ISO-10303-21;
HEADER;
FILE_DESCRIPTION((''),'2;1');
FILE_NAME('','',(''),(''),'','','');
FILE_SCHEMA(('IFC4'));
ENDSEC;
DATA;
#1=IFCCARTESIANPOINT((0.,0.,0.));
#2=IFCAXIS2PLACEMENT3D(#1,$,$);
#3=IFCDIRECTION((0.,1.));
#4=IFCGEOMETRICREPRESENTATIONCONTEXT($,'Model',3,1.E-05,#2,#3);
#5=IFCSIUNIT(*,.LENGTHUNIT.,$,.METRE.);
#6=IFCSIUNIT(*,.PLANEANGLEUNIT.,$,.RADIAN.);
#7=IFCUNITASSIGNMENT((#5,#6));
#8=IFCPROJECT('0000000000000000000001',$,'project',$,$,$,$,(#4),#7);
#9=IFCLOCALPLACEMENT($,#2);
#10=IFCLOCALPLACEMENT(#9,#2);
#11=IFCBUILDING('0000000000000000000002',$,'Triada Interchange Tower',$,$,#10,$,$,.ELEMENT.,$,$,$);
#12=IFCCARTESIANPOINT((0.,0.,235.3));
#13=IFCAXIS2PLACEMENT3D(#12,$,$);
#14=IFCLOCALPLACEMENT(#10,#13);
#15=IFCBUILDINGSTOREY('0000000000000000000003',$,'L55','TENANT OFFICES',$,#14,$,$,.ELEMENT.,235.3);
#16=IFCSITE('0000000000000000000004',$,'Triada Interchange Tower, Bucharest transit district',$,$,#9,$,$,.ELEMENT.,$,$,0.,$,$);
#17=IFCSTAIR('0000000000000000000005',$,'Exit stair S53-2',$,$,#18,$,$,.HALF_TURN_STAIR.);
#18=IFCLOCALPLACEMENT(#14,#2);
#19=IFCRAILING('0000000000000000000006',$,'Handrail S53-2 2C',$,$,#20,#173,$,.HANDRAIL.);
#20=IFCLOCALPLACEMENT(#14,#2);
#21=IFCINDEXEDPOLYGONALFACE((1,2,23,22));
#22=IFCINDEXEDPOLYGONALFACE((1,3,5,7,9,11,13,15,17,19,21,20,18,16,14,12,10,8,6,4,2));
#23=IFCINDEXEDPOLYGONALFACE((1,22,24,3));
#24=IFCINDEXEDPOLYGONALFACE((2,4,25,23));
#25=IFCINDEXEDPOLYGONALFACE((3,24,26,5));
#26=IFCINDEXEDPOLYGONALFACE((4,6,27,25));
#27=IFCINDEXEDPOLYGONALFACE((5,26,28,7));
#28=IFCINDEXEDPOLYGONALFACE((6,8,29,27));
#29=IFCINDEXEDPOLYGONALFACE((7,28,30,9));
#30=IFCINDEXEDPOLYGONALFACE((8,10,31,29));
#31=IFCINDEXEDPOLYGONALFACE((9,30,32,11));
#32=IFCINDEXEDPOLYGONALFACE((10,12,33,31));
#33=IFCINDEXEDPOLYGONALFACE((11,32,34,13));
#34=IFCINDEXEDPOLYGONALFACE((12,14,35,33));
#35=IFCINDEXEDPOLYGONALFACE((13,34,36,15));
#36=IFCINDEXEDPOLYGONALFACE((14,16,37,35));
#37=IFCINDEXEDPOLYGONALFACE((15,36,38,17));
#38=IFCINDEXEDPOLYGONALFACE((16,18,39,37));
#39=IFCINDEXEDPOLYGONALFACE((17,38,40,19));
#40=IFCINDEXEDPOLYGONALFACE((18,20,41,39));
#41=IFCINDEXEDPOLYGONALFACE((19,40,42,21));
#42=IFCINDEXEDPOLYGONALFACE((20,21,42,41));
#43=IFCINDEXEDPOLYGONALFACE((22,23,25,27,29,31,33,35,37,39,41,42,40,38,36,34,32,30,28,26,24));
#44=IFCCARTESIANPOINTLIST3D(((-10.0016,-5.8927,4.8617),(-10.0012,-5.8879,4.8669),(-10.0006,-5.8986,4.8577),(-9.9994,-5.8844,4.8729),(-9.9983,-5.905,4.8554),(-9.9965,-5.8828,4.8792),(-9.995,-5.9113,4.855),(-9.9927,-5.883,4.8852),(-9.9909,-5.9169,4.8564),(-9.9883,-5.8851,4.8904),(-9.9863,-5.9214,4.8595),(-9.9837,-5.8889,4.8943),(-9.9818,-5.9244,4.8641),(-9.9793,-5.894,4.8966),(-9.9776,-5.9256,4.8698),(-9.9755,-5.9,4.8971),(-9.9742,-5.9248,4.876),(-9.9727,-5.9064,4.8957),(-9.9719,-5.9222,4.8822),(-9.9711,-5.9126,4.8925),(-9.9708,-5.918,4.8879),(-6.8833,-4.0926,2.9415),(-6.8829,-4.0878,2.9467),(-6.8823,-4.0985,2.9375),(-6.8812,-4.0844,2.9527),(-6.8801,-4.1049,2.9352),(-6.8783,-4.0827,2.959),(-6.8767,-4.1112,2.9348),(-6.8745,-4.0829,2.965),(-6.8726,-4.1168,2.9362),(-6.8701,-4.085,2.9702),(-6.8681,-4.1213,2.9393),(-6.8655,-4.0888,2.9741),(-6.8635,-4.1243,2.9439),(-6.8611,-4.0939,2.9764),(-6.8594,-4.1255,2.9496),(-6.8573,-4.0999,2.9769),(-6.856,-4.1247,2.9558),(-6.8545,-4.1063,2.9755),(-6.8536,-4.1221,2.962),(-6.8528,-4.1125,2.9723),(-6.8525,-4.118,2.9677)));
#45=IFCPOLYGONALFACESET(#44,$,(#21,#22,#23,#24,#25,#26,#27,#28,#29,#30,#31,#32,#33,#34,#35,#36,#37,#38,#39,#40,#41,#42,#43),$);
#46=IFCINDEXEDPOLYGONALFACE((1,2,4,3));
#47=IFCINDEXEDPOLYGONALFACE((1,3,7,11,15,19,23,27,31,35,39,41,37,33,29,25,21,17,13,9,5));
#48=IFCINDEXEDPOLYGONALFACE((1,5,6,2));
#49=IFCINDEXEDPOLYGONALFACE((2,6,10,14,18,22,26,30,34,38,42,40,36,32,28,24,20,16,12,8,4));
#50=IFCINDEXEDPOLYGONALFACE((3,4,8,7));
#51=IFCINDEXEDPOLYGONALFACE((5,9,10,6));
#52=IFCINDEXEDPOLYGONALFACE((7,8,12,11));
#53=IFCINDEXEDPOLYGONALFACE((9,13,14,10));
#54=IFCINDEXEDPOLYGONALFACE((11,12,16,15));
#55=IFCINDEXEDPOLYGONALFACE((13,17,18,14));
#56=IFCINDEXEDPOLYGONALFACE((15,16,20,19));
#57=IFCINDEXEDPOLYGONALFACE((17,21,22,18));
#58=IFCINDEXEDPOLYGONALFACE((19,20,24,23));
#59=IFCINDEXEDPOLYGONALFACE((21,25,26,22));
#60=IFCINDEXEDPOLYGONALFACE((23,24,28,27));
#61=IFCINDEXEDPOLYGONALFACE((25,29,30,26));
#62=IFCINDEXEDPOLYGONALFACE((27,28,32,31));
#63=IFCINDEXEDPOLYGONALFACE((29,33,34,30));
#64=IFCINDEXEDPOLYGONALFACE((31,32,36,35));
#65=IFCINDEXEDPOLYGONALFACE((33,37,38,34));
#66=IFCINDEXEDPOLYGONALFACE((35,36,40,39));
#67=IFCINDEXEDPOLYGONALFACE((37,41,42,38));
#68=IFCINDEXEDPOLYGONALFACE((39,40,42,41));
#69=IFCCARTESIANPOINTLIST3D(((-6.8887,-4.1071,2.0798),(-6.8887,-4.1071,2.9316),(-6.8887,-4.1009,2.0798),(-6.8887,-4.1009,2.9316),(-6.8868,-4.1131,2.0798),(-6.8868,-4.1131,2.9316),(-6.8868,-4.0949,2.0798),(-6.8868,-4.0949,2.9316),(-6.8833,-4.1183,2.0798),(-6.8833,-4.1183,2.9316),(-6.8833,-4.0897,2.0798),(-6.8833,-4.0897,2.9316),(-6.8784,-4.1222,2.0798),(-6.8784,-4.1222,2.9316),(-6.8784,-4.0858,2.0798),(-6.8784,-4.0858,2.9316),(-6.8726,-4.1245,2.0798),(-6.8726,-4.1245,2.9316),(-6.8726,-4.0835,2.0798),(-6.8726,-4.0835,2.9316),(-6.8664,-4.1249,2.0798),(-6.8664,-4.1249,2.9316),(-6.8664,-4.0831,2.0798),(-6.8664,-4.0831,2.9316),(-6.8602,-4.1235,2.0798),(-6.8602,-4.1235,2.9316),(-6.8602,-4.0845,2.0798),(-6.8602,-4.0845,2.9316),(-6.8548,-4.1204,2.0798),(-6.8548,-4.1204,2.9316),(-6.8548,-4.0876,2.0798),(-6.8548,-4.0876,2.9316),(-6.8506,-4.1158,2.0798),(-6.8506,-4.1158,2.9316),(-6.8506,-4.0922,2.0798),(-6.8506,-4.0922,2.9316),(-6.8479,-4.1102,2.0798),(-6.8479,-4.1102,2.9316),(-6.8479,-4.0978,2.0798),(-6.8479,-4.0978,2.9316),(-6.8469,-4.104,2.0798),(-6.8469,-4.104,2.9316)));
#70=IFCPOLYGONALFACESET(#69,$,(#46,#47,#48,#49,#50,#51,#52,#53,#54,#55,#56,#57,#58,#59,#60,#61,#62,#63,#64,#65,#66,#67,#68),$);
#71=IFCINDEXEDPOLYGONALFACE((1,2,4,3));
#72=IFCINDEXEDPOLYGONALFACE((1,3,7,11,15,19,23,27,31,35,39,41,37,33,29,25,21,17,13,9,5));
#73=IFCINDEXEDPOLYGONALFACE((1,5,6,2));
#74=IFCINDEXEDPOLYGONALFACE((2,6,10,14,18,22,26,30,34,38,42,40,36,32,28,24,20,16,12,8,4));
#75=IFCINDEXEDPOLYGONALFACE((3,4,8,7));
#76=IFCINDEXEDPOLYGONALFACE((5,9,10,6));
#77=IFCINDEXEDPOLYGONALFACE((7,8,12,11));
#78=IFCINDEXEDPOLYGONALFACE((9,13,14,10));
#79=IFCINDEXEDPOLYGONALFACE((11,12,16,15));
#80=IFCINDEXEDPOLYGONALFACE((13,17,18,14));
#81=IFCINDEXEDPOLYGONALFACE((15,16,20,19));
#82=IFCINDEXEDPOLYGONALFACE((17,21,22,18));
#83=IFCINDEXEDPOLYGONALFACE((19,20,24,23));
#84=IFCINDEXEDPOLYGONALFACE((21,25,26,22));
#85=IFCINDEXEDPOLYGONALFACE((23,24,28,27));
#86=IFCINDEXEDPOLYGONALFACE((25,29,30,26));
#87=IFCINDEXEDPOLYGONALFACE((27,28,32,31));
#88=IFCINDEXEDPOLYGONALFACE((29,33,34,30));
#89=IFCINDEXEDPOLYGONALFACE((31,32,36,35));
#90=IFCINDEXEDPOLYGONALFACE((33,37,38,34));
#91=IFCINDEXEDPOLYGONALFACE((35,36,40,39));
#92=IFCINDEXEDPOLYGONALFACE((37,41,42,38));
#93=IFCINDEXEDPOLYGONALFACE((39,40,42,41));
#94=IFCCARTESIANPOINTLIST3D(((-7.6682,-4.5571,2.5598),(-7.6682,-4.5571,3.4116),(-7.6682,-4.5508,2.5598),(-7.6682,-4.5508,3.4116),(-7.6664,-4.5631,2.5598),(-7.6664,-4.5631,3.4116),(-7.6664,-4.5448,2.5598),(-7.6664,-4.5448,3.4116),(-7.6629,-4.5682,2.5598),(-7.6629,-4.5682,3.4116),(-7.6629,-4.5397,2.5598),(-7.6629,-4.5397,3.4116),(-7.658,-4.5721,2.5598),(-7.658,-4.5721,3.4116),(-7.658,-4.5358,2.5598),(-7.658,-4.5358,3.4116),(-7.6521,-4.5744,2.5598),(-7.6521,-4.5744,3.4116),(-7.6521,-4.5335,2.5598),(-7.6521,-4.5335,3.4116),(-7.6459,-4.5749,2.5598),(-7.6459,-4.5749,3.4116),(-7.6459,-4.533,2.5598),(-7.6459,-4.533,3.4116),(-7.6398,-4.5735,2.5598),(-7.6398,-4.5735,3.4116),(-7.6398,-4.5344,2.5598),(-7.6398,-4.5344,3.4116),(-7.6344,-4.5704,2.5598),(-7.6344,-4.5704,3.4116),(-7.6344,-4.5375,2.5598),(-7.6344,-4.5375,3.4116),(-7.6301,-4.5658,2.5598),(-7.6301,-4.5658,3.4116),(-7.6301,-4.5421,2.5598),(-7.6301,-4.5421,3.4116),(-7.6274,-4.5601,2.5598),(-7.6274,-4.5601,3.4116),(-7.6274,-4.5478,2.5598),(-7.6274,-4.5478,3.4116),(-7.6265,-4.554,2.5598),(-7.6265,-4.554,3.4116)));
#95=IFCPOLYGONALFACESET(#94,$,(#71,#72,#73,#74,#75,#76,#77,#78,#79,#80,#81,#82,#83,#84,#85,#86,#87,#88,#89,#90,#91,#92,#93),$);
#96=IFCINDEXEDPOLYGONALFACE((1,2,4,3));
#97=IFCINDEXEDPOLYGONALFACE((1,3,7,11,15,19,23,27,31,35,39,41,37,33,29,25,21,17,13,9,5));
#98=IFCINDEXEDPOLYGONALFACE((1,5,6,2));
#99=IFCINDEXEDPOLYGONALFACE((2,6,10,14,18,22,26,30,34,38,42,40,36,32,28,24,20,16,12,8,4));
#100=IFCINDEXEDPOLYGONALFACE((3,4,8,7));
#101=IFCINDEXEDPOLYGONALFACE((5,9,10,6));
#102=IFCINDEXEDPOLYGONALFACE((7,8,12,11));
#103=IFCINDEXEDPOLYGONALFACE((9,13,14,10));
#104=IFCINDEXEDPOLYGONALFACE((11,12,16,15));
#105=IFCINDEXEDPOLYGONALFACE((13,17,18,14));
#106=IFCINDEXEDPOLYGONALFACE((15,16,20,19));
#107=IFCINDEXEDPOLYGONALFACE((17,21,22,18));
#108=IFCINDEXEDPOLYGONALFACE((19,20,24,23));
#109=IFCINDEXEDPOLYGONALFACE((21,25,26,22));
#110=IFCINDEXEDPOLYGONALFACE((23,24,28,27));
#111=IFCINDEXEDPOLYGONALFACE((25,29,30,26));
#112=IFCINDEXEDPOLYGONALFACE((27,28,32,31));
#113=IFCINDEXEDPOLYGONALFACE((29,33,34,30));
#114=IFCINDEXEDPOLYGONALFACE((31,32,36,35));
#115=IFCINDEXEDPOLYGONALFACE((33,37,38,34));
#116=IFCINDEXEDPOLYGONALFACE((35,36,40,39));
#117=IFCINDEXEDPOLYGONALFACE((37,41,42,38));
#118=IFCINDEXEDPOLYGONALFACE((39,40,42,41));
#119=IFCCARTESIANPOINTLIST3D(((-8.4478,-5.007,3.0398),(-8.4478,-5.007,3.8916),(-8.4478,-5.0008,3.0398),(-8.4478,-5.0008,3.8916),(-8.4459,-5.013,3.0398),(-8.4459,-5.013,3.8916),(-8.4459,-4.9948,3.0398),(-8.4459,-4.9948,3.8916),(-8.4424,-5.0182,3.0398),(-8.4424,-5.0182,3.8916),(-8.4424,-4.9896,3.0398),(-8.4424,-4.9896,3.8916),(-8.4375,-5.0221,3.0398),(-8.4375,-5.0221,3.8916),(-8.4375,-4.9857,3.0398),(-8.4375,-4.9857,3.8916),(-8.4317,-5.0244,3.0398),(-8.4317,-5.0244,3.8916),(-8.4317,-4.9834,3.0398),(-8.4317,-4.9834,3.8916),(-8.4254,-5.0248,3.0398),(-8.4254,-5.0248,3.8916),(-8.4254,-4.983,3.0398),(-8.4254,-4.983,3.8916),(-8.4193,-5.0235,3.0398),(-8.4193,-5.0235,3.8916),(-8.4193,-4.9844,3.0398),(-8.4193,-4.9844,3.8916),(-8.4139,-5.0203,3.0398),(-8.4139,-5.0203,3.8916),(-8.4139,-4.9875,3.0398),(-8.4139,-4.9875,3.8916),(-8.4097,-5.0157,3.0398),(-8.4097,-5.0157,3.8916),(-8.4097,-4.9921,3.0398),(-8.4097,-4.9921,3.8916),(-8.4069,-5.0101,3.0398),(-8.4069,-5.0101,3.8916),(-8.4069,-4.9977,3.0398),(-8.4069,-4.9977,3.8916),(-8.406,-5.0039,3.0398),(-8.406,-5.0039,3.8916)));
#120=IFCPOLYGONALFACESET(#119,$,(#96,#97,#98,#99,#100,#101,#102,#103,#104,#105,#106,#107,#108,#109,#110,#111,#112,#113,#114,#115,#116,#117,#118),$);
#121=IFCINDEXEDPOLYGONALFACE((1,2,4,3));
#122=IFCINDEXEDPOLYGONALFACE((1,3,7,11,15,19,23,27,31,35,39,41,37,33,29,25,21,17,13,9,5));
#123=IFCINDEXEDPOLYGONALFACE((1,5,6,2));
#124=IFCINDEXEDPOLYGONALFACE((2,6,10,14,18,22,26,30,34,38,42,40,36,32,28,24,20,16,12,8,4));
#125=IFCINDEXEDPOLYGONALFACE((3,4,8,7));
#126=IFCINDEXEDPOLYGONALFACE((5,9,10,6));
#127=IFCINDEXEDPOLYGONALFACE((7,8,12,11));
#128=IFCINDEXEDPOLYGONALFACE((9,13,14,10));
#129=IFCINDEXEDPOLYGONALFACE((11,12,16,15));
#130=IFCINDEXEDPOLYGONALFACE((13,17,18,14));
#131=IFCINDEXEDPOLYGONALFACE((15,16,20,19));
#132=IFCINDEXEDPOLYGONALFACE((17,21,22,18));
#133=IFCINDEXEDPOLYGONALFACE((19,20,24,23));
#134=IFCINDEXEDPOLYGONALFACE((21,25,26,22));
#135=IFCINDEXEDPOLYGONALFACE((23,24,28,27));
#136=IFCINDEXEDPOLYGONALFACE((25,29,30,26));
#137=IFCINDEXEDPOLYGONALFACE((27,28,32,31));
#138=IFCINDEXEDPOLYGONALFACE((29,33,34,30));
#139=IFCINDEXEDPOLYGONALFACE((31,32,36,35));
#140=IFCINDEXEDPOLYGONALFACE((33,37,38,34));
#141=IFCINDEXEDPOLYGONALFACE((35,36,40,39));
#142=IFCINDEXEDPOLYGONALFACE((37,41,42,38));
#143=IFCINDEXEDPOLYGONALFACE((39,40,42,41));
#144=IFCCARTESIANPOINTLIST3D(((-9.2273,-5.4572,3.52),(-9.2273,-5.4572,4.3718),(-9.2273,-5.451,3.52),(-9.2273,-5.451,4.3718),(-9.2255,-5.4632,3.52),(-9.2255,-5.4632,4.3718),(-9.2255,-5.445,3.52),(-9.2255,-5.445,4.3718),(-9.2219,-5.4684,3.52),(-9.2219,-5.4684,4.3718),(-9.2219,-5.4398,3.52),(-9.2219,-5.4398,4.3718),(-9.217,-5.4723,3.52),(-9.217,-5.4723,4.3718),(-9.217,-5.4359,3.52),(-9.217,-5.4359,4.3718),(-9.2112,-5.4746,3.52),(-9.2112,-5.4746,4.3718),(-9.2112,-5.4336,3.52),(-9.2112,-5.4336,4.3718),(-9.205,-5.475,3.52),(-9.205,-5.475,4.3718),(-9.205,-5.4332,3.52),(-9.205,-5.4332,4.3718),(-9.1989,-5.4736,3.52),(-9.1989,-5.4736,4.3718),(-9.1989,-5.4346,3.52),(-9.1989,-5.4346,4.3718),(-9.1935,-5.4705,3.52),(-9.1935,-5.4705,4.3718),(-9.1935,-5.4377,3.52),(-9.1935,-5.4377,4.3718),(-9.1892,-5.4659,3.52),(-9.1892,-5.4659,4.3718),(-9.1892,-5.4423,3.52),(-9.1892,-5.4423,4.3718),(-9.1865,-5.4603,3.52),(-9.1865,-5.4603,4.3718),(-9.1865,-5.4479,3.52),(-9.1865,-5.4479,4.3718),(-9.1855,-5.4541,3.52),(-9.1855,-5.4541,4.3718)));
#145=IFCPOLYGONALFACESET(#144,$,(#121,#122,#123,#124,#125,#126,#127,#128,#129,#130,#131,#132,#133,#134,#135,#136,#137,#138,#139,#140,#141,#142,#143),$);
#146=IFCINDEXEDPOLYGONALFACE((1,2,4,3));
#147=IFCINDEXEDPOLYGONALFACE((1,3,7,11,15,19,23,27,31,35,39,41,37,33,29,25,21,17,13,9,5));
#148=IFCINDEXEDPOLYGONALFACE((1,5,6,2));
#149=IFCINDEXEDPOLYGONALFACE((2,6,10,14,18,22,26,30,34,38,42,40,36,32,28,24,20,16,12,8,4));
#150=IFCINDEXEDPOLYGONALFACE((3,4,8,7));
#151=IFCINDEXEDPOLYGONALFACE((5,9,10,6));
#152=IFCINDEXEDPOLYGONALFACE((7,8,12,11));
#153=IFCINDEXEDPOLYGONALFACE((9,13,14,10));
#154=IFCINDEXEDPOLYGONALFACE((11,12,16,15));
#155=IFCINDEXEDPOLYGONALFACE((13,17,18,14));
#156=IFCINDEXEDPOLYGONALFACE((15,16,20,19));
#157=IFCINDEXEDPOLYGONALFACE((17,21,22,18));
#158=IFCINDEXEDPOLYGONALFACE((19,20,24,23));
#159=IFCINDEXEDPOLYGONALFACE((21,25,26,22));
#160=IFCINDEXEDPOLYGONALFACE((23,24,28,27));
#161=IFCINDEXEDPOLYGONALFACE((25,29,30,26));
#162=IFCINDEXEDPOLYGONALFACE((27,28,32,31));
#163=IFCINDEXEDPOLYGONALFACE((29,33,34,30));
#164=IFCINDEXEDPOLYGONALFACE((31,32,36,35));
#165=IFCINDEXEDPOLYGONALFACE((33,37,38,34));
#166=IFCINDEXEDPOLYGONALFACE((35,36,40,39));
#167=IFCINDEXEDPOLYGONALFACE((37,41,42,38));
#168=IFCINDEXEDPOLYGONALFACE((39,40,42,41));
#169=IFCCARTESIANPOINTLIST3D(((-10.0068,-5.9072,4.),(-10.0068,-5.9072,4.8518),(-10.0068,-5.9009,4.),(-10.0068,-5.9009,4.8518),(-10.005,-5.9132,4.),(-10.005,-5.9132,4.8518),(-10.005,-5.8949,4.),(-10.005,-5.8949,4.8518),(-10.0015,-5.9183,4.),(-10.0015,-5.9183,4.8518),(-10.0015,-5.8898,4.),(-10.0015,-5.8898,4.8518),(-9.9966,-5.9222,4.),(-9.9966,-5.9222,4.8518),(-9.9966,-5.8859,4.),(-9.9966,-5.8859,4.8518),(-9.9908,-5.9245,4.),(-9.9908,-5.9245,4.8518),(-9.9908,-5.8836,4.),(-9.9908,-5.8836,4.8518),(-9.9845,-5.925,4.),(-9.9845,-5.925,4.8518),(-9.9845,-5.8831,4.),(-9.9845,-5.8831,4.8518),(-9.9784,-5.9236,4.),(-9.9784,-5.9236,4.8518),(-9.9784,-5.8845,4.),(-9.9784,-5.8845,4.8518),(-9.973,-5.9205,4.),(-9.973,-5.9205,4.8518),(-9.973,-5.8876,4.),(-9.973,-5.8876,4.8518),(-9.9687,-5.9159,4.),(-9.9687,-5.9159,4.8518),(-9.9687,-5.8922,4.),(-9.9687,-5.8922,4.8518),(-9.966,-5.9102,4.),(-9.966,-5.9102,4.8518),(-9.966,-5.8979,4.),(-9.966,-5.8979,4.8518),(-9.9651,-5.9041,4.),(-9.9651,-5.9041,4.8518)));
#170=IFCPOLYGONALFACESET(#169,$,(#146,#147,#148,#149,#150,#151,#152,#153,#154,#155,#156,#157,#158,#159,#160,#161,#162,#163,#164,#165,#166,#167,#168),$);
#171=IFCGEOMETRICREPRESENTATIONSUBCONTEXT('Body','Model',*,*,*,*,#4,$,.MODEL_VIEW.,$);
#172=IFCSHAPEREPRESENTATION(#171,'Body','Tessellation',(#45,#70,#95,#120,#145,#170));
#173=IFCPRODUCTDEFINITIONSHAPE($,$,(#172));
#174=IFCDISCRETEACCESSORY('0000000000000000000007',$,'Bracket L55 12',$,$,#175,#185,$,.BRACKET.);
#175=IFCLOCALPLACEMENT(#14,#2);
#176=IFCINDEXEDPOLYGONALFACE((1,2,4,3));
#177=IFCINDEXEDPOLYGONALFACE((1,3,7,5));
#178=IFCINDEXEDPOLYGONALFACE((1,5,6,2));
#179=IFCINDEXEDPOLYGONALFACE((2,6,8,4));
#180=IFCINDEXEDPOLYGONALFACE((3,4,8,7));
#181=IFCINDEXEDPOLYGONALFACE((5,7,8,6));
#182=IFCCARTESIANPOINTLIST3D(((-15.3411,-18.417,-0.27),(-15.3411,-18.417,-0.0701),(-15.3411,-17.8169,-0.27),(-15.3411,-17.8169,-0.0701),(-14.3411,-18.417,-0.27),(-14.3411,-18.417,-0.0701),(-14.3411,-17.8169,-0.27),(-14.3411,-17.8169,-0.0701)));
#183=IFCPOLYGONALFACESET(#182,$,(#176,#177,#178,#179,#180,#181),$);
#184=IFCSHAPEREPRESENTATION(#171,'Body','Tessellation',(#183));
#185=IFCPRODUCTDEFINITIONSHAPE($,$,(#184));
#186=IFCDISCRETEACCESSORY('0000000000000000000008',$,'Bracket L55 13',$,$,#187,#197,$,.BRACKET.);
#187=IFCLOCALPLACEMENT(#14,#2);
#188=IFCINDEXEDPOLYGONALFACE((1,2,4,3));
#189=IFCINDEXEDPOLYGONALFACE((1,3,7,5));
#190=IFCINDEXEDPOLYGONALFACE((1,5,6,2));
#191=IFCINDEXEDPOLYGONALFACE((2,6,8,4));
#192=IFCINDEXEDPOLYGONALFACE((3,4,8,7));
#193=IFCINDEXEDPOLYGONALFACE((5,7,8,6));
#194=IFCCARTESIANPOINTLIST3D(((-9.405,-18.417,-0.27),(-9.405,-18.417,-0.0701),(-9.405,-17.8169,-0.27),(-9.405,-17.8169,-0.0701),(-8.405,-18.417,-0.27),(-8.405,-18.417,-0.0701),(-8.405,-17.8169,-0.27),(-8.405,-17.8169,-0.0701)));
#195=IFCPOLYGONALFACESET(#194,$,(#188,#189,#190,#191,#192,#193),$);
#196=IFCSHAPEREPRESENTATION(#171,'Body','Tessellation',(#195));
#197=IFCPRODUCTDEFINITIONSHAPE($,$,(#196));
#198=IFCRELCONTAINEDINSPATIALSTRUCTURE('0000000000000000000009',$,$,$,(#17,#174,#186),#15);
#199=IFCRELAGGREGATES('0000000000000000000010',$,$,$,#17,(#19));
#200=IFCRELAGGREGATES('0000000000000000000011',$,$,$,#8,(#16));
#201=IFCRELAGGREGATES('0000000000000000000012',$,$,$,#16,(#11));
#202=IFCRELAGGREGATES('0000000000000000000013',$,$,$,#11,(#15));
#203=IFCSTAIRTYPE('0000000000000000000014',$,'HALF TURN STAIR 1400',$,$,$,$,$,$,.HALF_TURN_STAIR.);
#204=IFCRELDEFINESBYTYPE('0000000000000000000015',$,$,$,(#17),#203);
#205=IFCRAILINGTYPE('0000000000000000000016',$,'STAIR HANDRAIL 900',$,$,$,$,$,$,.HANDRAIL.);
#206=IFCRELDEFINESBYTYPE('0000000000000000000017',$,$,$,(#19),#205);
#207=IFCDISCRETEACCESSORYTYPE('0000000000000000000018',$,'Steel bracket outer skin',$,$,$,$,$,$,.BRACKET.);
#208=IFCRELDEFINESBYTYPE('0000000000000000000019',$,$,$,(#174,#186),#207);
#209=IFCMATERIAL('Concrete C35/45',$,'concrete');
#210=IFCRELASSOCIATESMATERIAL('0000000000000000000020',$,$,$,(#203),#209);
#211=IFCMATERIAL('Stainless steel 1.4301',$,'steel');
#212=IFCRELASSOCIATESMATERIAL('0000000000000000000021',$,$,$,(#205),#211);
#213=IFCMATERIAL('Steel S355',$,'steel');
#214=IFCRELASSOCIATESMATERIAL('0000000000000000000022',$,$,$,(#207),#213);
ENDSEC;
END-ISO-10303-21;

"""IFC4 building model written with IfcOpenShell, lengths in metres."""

from ifc_helpers import new_model, si_unit, direction, frame, origin, origin_2d, place, context, subcontext, project, spatial, rectangle, circle, extrude, material, type_object, element, aggregate, save


model = new_model("IFC4")

# Units and contexts
model_context = context("Model", 3, precision=1e-05, world=origin(), true_north=direction((0.0, 1.0)))
body_context = subcontext(model_context, "Body", "Model", "MODEL_VIEW")
ifc_project = project(units=[si_unit("LENGTHUNIT", "METRE"), si_unit("PLANEANGLEUNIT", "RADIAN")], contexts=[model_context])

# Site, building, storey
site_placement = place(None, origin())
site = spatial("IfcSite", under=ifc_project, at=site_placement, Name="Triada Interchange Tower, Bucharest transit district", CompositionType="ELEMENT", RefElevation=0.0)
building_placement = place(site_placement, origin())
building = spatial("IfcBuilding", under=site, at=building_placement, Name="Triada Interchange Tower", CompositionType="ELEMENT")
storey_placement = place(building_placement, frame((0.0, 0.0, 235.3)))
storey = spatial("IfcBuildingStorey", under=building, at=storey_placement, Name="L55", Description="TENANT OFFICES", CompositionType="ELEMENT", Elevation=235.3)

# Stair
ifc_material_1 = material(Name="Concrete C35/45", Category="concrete")
stair_type = type_object("IfcStairType", Name="HALF TURN STAIR 1400", PredefinedType="HALF_TURN_STAIR", material=ifc_material_1)
stair_placement = place(storey_placement, origin())
stair = element("IfcStair", 1, at=stair_placement, inside=storey, type_object=stair_type, Name="Exit stair S53-2", PredefinedType="HALF_TURN_STAIR")

# Railing
ifc_material_2 = material(Name="Stainless steel 1.4301", Category="steel")
railing_type = type_object("IfcRailingType", Name="STAIR HANDRAIL 900", PredefinedType="HANDRAIL", material=ifc_material_2)
railing_1_placement = place(storey_placement, frame((-6.8679, -4.104, 2.0798)))
railing_1 = element("IfcRailing", 2, at=railing_1_placement, type_object=railing_type, Name="Handrail S53-2 2C", PredefinedType="HANDRAIL", context=body_context, shape_type="SweptSolid", body=[
    extrude(circle(Radius=0.0239, at=origin_2d()), frame((0.0, 0.0, 0.876), z_axis=(-0.76417, -0.441139, 0.470576), x_axis=(0.499953, -0.866052, 0.0)), (0.0, 0.0, 1.0), 4.0806),
    extrude(circle(Radius=0.021, at=origin_2d()), origin(), (0.0, 0.0, 1.0), 0.8518),
    extrude(circle(Radius=0.021, at=origin_2d()), frame((-0.7795, -0.45, 0.48)), (0.0, 0.0, 1.0), 0.8518),
    extrude(circle(Radius=0.021, at=origin_2d()), frame((-1.5591, -0.8999, 0.96)), (0.0, 0.0, 1.0), 0.8518),
    extrude(circle(Radius=0.021, at=origin_2d()), frame((-2.3386, -1.3501, 1.4402)), (0.0, 0.0, 1.0), 0.8518),
    extrude(circle(Radius=0.021, at=origin_2d()), frame((-3.1182, -1.8, 1.9202)), (0.0, 0.0, 1.0), 0.8518),
])
aggregate(stair, [railing_1])

# Discrete accessories
ifc_material_3 = material(Name="Steel S355", Category="steel")
discrete_accessory_type = type_object("IfcDiscreteAccessoryType", Name="Steel bracket outer skin", PredefinedType="BRACKET", material=ifc_material_3)
for number, where, z_axis, x_axis, name in (
    (3, (-14.8411, -18.1169, -0.27), (0.0, 0.0, 1.0), (0.0, -1.0, 0.0), "Bracket L55 12"),
    (4, (-8.905, -18.1169, -0.27), (0.0, 0.0, 1.0), (0.0, -1.0, 0.0), "Bracket L55 13"),
):
    element("IfcDiscreteAccessory", number, at=place(storey_placement, frame(where, z_axis=z_axis, x_axis=x_axis)), inside=storey, type_object=discrete_accessory_type, Name=name, PredefinedType="BRACKET", context=body_context, shape_type="SweptSolid", body=[
        extrude(rectangle(XDim=0.6001, YDim=1.0, at=origin_2d()), origin(), (0.0, 0.0, 1.0), 0.2),
    ])

save(model, "model.ifc")
